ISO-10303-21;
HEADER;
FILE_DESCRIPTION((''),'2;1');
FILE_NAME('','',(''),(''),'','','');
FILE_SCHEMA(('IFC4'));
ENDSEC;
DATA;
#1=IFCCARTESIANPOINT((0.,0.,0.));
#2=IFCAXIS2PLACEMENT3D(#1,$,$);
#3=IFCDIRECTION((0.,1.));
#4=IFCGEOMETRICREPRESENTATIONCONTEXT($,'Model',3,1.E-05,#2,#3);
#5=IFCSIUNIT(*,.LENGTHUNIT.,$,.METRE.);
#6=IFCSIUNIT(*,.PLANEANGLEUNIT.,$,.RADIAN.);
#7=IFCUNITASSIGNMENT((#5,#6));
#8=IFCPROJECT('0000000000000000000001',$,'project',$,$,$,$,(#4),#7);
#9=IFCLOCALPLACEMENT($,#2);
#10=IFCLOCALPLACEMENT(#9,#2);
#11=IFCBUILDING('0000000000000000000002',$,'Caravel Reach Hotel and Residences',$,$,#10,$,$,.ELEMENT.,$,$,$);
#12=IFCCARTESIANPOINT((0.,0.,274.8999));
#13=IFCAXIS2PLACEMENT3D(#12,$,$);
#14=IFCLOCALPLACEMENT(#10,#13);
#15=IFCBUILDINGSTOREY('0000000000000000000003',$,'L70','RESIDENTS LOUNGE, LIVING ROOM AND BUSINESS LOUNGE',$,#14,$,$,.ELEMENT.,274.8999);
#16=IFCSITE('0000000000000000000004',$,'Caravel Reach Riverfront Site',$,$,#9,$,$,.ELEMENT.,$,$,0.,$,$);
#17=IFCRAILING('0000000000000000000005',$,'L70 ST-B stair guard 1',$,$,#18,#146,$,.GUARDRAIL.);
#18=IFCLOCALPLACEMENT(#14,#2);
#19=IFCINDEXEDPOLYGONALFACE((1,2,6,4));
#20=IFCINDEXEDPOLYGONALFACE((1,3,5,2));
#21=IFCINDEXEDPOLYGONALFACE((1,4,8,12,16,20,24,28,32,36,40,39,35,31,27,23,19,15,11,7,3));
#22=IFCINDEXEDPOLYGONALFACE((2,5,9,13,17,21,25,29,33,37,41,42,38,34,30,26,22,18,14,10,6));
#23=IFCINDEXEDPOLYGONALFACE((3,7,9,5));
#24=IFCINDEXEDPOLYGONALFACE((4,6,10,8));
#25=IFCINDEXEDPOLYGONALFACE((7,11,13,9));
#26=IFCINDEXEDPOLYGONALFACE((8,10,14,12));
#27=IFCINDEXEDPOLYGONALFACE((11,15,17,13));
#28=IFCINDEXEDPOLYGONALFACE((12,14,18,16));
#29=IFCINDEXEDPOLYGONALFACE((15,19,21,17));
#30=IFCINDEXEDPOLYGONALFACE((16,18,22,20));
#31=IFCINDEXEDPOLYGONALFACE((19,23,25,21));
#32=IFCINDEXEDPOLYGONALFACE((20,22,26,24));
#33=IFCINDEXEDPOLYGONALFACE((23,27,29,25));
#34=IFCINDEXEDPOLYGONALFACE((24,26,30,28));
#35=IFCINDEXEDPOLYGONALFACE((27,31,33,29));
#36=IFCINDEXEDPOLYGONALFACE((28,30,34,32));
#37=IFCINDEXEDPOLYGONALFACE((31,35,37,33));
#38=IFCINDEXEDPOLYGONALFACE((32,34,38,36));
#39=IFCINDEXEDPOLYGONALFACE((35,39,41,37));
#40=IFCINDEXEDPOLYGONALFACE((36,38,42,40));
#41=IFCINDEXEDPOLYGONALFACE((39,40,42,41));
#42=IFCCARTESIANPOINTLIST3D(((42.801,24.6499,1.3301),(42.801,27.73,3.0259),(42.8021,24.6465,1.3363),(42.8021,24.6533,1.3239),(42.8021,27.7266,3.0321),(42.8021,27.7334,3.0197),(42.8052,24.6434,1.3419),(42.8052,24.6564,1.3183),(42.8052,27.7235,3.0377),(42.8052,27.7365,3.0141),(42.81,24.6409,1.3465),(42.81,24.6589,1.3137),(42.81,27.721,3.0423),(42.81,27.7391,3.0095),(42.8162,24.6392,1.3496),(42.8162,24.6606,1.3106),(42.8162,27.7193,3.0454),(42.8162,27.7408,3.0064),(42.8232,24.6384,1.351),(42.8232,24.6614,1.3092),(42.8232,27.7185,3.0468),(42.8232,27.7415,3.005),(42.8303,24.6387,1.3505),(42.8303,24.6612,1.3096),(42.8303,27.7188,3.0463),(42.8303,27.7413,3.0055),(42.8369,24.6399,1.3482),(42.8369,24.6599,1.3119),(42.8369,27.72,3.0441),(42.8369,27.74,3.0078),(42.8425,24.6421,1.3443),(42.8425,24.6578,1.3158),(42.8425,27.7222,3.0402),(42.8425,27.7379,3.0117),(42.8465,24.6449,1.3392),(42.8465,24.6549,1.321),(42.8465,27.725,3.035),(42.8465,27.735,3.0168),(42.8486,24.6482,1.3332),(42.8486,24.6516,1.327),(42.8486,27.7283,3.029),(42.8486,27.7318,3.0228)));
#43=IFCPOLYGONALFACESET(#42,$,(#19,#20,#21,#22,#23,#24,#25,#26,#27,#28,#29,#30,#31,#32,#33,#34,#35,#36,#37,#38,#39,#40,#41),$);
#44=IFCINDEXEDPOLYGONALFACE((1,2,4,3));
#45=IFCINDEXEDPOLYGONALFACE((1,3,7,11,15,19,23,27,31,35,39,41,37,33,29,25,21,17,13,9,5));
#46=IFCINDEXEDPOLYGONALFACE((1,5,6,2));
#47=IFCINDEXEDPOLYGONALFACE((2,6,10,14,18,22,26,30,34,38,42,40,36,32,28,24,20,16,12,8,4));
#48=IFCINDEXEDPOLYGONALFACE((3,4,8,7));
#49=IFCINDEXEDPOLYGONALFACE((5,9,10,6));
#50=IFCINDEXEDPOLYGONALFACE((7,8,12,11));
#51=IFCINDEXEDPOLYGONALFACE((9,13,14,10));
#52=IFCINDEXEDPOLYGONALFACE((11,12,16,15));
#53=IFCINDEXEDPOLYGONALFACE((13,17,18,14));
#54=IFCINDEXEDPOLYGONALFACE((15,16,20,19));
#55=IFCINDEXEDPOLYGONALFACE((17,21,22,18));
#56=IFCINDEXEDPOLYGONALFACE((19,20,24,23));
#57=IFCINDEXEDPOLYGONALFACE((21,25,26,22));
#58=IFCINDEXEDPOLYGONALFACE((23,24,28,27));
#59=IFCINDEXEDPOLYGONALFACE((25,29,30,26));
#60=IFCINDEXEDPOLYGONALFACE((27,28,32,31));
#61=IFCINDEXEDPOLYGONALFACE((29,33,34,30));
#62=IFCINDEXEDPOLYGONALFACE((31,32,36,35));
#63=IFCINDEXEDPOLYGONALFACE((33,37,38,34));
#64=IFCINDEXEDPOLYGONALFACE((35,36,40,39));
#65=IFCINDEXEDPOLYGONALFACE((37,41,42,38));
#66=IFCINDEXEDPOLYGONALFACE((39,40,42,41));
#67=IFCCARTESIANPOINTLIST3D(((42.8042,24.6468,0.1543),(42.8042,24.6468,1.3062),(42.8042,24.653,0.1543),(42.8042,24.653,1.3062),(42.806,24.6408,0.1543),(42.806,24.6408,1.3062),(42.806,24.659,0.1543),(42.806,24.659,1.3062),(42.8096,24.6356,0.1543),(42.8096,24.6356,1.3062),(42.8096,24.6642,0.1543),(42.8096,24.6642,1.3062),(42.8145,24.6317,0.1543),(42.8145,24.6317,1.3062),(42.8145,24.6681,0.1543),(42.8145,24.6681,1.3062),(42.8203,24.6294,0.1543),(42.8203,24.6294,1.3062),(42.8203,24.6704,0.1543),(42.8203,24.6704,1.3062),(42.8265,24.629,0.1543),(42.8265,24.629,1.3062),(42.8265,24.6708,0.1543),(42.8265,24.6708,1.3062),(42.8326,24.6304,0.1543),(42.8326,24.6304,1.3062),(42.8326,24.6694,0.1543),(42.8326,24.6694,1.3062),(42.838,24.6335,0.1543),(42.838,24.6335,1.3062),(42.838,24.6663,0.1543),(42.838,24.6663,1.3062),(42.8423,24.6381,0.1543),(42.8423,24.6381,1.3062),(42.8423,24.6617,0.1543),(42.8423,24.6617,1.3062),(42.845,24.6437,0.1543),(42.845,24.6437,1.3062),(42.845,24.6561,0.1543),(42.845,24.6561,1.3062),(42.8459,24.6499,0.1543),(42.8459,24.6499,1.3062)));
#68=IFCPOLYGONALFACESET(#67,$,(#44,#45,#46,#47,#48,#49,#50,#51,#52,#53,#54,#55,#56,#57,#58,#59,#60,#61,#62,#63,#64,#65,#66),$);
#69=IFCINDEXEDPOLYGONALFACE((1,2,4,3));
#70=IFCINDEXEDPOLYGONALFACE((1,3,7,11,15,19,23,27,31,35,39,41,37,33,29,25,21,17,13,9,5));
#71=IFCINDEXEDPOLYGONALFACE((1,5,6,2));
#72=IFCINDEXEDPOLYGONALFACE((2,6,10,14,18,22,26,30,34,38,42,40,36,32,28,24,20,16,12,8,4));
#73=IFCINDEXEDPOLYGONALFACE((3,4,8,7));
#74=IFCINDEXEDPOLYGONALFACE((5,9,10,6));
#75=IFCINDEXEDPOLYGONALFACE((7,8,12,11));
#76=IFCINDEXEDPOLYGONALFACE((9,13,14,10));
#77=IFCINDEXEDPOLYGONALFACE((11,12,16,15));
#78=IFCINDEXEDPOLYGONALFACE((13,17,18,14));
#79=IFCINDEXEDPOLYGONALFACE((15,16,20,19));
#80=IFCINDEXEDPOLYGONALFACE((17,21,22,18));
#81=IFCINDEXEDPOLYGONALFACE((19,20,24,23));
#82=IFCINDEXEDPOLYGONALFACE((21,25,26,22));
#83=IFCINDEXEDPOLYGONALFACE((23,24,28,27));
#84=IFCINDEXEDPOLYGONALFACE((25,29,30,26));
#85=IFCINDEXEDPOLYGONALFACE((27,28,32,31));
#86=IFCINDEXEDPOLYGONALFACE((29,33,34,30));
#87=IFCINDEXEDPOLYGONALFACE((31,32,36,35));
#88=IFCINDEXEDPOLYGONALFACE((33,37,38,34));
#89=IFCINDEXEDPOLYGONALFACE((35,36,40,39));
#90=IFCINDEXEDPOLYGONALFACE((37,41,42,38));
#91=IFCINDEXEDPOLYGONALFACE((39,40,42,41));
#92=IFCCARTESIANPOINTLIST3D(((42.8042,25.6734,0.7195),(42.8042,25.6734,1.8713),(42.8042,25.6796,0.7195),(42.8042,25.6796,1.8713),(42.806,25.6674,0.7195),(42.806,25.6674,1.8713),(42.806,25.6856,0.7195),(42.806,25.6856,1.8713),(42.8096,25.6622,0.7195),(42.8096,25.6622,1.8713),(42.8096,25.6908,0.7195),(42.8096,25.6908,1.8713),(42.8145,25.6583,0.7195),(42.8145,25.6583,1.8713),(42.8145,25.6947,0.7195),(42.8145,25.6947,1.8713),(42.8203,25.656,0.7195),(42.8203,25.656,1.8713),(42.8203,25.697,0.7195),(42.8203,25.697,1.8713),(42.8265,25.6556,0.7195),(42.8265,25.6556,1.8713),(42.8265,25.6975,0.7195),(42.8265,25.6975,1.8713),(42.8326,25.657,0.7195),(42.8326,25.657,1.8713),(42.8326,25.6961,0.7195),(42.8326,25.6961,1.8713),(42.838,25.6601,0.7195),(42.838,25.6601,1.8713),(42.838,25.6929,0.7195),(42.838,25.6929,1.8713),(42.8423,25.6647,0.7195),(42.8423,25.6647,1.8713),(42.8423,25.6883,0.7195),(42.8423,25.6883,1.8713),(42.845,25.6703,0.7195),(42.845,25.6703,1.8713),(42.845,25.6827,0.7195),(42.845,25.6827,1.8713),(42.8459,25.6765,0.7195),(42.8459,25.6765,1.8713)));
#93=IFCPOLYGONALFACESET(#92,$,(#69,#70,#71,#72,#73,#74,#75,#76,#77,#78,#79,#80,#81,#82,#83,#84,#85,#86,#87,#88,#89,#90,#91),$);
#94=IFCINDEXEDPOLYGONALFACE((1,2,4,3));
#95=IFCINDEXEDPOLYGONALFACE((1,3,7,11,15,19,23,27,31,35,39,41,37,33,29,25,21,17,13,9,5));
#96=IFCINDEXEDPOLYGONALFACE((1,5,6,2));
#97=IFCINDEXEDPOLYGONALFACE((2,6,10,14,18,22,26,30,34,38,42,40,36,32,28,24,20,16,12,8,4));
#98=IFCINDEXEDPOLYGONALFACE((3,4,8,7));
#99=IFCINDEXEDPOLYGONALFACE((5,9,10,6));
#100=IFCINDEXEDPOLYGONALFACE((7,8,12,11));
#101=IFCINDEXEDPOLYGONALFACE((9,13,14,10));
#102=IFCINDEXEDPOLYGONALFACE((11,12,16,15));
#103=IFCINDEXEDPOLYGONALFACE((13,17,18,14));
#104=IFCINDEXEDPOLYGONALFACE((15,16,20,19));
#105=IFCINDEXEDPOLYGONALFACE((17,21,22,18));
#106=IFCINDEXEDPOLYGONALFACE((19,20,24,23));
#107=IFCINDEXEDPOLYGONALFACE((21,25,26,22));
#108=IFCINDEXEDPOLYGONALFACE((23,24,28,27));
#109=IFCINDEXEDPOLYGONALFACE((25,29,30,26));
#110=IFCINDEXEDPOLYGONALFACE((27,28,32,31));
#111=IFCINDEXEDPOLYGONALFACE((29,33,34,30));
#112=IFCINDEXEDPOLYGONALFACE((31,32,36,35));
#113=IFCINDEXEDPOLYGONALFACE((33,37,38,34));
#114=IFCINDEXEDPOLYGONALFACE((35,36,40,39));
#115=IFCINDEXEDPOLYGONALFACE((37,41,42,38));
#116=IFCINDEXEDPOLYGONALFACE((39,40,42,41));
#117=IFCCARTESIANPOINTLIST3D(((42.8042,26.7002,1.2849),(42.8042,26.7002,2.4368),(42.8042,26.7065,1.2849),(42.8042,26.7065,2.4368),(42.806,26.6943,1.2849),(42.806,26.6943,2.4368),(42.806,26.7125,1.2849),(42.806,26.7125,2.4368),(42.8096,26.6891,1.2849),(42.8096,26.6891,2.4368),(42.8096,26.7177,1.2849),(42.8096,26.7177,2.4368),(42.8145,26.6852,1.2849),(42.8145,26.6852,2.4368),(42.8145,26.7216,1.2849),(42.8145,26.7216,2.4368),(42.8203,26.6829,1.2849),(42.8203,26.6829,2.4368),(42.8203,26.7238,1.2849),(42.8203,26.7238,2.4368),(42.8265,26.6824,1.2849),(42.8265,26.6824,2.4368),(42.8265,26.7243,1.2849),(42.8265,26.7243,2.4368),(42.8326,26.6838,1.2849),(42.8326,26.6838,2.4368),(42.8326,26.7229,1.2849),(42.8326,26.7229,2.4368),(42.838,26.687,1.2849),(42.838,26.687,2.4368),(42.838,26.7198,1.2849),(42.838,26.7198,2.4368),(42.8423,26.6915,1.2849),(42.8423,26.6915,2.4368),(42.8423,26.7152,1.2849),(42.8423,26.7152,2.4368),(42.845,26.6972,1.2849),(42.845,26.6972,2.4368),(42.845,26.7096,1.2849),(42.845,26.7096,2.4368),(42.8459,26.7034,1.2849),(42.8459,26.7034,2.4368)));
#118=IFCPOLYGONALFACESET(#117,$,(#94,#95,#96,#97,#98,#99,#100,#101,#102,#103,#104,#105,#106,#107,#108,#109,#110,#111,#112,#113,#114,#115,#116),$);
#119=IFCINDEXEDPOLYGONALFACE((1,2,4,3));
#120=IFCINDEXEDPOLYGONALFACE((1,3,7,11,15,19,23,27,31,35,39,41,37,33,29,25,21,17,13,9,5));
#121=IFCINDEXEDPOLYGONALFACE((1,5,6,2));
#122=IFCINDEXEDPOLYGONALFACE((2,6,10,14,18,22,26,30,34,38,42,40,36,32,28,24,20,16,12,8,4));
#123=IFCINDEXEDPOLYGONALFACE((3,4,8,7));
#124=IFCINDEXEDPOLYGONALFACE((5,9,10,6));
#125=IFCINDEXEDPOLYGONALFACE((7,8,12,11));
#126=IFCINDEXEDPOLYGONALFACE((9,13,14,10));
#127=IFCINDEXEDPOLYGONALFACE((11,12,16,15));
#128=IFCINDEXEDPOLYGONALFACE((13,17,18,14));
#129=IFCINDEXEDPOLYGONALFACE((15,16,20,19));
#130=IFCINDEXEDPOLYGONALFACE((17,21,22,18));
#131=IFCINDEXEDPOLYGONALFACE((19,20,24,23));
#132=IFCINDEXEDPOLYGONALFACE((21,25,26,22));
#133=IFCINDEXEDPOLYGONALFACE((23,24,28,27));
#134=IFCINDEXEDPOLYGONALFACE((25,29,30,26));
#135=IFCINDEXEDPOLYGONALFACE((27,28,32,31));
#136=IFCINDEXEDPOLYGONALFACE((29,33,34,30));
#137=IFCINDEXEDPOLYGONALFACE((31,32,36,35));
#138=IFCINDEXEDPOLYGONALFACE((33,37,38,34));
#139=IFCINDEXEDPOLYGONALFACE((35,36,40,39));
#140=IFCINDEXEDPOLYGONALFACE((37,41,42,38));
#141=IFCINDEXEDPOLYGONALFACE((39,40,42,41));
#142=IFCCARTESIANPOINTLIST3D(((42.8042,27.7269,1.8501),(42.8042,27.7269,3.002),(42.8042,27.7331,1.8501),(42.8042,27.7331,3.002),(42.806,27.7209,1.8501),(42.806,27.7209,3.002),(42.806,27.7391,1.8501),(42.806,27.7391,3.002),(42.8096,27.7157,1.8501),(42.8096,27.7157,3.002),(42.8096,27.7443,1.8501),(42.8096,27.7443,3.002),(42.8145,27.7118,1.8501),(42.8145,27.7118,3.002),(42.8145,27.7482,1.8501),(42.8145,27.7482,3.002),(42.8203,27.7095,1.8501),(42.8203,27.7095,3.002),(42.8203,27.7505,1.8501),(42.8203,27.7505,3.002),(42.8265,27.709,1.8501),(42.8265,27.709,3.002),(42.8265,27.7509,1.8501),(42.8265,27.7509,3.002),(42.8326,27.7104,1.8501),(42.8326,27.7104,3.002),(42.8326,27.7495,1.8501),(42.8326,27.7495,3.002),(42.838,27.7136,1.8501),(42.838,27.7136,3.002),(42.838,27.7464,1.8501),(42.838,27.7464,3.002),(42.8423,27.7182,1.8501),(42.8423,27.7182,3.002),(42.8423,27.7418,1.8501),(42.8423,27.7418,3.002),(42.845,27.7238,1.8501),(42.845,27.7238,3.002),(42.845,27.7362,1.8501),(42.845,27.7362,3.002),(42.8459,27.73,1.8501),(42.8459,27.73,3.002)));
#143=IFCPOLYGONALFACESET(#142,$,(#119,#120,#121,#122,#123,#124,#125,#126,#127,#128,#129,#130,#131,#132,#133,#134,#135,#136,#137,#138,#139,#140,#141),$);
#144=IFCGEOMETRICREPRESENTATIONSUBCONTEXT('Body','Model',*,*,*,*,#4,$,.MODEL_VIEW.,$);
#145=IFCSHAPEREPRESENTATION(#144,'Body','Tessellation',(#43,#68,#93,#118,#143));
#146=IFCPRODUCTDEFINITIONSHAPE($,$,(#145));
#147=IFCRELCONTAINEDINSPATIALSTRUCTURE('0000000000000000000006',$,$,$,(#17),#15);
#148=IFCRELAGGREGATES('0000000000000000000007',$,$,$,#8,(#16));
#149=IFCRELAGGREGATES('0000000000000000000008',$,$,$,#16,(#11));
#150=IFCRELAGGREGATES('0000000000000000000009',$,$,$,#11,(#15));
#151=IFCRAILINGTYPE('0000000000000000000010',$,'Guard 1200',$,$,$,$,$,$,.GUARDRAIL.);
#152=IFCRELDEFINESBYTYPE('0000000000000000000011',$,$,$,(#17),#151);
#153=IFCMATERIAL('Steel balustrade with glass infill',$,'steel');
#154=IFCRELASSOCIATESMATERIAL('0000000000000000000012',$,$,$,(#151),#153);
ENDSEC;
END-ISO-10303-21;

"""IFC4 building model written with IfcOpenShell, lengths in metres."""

from ifc_helpers import new_model, si_unit, direction, frame, origin, origin_2d, place, context, subcontext, project, spatial, circle, extrude, material, type_object, element, save


model = new_model("IFC4")

# Units and contexts
model_context = context("Model", 3, precision=1e-05, world=origin(), true_north=direction((0.0, 1.0)))
body_context = subcontext(model_context, "Body", "Model", "MODEL_VIEW")
ifc_project = project(units=[si_unit("LENGTHUNIT", "METRE"), si_unit("PLANEANGLEUNIT", "RADIAN")], contexts=[model_context])

# Site, building, storey
site_placement = place(None, origin())
site = spatial("IfcSite", under=ifc_project, at=site_placement, Name="Caravel Reach Riverfront Site", CompositionType="ELEMENT", RefElevation=0.0)
building_placement = place(site_placement, origin())
building = spatial("IfcBuilding", under=site, at=building_placement, Name="Caravel Reach Hotel and Residences", CompositionType="ELEMENT")
storey_placement = place(building_placement, frame((0.0, 0.0, 274.8999)))
storey = spatial("IfcBuildingStorey", under=building, at=storey_placement, Name="L70", Description="RESIDENTS LOUNGE, LIVING ROOM AND BUSINESS LOUNGE", CompositionType="ELEMENT", Elevation=274.8999)

# Railing
ifc_material_1 = material(Name="Steel balustrade with glass infill", Category="steel")
railing_type_1 = type_object("IfcRailingType", Name="Guard 1200", PredefinedType="GUARDRAIL", material=ifc_material_1)
railing_1_placement = place(storey_placement, frame((42.825, 24.6499, 0.1543)))
element("IfcRailing", 1, at=railing_1_placement, inside=storey, type_object=railing_type_1, Name="L70 ST-B stair guard 1", PredefinedType="GUARDRAIL", context=body_context, shape_type="SweptSolid", body=[
    extrude(circle(Radius=0.0239, at=origin_2d()), frame((0.0, 0.0, 1.1758), z_axis=(0.0, 0.876005, 0.482303), x_axis=(-1.0, 0.0, 0.0)), (0.0, 0.0, 1.0), 3.5161),
    extrude(circle(Radius=0.021, at=origin_2d()), origin(), (0.0, 0.0, 1.0), 1.1519),
    extrude(circle(Radius=0.021, at=origin_2d()), frame((0.0, 1.0266, 0.5652)), (0.0, 0.0, 1.0), 1.1519),
    extrude(circle(Radius=0.021, at=origin_2d()), frame((0.0, 2.0535, 1.1306)), (0.0, 0.0, 1.0), 1.1519),
    extrude(circle(Radius=0.021, at=origin_2d()), frame((0.0, 3.0801, 1.6958)), (0.0, 0.0, 1.0), 1.1519),
])

save(model, "model.ifc")
